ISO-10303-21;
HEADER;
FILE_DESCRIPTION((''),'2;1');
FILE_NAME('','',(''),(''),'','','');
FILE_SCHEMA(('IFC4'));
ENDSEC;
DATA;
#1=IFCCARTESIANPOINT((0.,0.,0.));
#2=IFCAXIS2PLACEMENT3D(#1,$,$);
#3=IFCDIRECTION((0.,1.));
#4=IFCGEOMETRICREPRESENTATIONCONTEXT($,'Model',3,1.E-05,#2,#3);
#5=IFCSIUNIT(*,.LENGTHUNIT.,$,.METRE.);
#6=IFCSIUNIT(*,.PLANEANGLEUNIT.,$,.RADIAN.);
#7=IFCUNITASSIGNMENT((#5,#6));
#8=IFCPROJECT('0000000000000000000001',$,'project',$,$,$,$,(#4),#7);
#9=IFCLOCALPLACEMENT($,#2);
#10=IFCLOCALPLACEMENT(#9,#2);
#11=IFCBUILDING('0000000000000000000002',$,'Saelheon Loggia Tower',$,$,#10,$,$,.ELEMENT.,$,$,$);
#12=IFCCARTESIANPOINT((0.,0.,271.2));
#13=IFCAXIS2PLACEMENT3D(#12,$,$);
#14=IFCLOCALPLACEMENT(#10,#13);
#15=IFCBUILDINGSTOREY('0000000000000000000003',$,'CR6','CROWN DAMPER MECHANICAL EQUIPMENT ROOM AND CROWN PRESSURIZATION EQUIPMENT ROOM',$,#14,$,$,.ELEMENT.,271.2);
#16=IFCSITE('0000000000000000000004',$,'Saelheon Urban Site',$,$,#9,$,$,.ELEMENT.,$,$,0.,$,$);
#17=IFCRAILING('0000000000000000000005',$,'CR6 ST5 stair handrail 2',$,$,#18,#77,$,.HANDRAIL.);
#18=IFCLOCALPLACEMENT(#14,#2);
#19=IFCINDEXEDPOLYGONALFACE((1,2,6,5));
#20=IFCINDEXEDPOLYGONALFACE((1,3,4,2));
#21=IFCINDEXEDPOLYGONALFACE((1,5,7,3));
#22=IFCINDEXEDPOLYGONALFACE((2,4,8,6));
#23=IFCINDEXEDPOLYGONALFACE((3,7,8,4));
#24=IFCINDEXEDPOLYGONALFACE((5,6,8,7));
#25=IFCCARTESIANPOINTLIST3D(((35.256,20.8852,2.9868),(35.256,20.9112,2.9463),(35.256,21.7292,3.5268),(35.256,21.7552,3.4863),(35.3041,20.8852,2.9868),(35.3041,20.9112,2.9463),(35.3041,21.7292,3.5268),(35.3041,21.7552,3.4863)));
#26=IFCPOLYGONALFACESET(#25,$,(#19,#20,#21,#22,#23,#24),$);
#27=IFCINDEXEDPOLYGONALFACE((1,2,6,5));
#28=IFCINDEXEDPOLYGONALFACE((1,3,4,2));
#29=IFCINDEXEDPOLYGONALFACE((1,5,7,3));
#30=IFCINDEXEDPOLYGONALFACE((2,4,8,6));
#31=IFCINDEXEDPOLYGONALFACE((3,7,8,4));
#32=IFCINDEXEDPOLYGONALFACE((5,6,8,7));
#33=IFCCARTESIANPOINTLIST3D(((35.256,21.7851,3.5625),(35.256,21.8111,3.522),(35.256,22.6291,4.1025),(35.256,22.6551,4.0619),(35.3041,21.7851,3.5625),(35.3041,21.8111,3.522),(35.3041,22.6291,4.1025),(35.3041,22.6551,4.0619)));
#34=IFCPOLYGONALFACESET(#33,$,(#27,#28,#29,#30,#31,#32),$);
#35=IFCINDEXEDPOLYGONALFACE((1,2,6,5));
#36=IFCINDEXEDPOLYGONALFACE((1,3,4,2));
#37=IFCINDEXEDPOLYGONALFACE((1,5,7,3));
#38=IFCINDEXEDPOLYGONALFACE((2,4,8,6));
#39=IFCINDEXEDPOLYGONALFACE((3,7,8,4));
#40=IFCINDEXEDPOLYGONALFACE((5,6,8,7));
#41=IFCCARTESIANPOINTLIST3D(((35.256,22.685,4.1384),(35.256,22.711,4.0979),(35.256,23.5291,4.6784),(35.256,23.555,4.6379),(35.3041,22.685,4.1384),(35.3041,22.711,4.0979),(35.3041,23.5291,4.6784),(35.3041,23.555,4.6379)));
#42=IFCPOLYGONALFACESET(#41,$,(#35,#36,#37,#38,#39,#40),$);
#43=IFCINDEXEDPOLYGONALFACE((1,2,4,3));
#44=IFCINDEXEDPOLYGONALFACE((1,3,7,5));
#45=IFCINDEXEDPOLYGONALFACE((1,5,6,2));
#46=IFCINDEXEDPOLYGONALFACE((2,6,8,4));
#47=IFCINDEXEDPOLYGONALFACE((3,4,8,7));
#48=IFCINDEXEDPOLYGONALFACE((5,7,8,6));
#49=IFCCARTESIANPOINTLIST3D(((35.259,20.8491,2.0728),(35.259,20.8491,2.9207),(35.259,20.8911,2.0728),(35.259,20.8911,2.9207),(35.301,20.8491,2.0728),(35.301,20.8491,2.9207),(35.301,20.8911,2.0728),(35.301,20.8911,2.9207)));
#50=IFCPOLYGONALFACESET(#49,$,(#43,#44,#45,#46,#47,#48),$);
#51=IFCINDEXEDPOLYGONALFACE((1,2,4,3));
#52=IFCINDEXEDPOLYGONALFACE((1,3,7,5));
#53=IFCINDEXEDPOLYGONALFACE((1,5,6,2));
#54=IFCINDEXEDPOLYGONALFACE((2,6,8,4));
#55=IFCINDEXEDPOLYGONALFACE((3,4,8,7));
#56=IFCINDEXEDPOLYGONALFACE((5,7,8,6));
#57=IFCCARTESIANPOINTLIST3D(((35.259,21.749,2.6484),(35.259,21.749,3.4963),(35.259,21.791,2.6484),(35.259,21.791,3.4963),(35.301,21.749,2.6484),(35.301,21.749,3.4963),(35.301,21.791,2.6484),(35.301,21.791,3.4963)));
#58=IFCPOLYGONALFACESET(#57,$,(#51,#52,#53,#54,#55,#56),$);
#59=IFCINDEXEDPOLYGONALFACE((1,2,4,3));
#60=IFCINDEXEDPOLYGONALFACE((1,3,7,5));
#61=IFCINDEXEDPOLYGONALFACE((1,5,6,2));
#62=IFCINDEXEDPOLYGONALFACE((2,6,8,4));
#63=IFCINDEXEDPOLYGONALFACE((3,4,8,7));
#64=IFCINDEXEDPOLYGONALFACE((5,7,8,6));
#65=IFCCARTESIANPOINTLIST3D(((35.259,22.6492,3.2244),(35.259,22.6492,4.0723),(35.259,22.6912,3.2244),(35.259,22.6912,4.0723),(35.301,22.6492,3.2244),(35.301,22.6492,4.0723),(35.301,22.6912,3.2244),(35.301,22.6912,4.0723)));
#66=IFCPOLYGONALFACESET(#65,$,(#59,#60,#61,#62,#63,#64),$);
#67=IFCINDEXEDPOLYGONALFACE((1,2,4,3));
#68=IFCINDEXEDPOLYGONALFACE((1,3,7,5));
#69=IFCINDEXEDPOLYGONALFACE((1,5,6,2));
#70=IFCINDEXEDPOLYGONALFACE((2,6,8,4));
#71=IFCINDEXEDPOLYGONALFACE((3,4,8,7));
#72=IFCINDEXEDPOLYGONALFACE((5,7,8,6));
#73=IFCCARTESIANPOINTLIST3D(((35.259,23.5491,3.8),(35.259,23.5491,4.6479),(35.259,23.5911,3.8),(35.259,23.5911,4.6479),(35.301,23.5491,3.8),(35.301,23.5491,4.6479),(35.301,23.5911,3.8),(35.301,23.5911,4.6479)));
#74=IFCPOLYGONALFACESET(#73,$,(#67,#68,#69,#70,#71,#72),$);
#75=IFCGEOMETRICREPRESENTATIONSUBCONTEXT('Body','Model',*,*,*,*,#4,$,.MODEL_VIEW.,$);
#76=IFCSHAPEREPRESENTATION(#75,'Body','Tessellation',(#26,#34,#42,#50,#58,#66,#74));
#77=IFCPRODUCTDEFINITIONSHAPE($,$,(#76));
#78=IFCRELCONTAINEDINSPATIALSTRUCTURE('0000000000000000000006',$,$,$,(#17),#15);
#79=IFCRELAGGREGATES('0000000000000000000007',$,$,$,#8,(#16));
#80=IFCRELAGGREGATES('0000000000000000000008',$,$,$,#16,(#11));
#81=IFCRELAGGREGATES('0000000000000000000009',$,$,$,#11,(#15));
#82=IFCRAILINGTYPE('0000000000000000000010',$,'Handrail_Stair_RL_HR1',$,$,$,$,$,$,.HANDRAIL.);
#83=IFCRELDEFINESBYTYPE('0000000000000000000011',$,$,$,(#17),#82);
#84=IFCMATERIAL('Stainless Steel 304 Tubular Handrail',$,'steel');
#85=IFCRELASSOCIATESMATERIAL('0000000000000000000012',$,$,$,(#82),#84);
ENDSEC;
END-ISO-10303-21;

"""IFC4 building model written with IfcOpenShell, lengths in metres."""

from ifc_helpers import new_model, si_unit, direction, frame, origin, origin_2d, place, context, subcontext, project, spatial, rectangle, extrude, material, type_object, element, save


model = new_model("IFC4")

# Units and contexts
model_context = context("Model", 3, precision=1e-05, world=origin(), true_north=direction((0.0, 1.0)))
body_context = subcontext(model_context, "Body", "Model", "MODEL_VIEW")
ifc_project = project(units=[si_unit("LENGTHUNIT", "METRE"), si_unit("PLANEANGLEUNIT", "RADIAN")], contexts=[model_context])

# Site, building, storey
site_placement = place(None, origin())
site = spatial("IfcSite", under=ifc_project, at=site_placement, Name="Saelheon Urban Site", CompositionType="ELEMENT", RefElevation=0.0)
building_placement = place(site_placement, origin())
building = spatial("IfcBuilding", under=site, at=building_placement, Name="Saelheon Loggia Tower", CompositionType="ELEMENT")
storey_placement = place(building_placement, frame((0.0, 0.0, 271.2)))
storey = spatial("IfcBuildingStorey", under=building, at=storey_placement, Name="CR6", Description="CROWN DAMPER MECHANICAL EQUIPMENT ROOM AND CROWN PRESSURIZATION EQUIPMENT ROOM", CompositionType="ELEMENT", Elevation=271.2)

# Railing
ifc_material_1 = material(Name="Stainless Steel 304 Tubular Handrail", Category="steel")
railing_type_1 = type_object("IfcRailingType", Name="Handrail_Stair_RL_HR1", PredefinedType="HANDRAIL", material=ifc_material_1)
railing_1_placement = place(storey_placement, frame((35.28, 20.8701, 2.0728)))
element("IfcRailing", 1, at=railing_1_placement, inside=storey, type_object=railing_type_1, Name="CR6 ST5 stair handrail 2", PredefinedType="HANDRAIL", context=body_context, shape_type="SweptSolid", body=[
    extrude(rectangle(XDim=0.0481, YDim=0.0481, at=origin_2d()), frame((0.0, 0.0281, 0.8938), z_axis=(0.0, 0.842367, 0.538905), x_axis=(-1.0, 0.0, 0.0)), (0.0, 0.0, 1.0), 1.002),
    extrude(rectangle(XDim=0.0481, YDim=0.0481, at=origin_2d()), frame((0.0, 0.928, 1.4695), z_axis=(0.0, 0.842367, 0.538905), x_axis=(-1.0, 0.0, 0.0)), (0.0, 0.0, 1.0), 1.002),
    extrude(rectangle(XDim=0.0481, YDim=0.0481, at=origin_2d()), frame((0.0, 1.8279, 2.0454), z_axis=(0.0, 0.842367, 0.538905), x_axis=(-1.0, 0.0, 0.0)), (0.0, 0.0, 1.0), 1.002),
    extrude(rectangle(XDim=0.042, YDim=0.042, at=origin_2d()), origin(), (0.0, 0.0, 1.0), 0.8479),
    extrude(rectangle(XDim=0.042, YDim=0.042, at=origin_2d()), frame((0.0, 0.8999, 0.5757)), (0.0, 0.0, 1.0), 0.8479),
    extrude(rectangle(XDim=0.042, YDim=0.042, at=origin_2d()), frame((0.0, 1.8, 1.1516)), (0.0, 0.0, 1.0), 0.8479),
    extrude(rectangle(XDim=0.042, YDim=0.042, at=origin_2d()), frame((0.0, 2.7, 1.7273)), (0.0, 0.0, 1.0), 0.8479),
])

save(model, "model.ifc")
